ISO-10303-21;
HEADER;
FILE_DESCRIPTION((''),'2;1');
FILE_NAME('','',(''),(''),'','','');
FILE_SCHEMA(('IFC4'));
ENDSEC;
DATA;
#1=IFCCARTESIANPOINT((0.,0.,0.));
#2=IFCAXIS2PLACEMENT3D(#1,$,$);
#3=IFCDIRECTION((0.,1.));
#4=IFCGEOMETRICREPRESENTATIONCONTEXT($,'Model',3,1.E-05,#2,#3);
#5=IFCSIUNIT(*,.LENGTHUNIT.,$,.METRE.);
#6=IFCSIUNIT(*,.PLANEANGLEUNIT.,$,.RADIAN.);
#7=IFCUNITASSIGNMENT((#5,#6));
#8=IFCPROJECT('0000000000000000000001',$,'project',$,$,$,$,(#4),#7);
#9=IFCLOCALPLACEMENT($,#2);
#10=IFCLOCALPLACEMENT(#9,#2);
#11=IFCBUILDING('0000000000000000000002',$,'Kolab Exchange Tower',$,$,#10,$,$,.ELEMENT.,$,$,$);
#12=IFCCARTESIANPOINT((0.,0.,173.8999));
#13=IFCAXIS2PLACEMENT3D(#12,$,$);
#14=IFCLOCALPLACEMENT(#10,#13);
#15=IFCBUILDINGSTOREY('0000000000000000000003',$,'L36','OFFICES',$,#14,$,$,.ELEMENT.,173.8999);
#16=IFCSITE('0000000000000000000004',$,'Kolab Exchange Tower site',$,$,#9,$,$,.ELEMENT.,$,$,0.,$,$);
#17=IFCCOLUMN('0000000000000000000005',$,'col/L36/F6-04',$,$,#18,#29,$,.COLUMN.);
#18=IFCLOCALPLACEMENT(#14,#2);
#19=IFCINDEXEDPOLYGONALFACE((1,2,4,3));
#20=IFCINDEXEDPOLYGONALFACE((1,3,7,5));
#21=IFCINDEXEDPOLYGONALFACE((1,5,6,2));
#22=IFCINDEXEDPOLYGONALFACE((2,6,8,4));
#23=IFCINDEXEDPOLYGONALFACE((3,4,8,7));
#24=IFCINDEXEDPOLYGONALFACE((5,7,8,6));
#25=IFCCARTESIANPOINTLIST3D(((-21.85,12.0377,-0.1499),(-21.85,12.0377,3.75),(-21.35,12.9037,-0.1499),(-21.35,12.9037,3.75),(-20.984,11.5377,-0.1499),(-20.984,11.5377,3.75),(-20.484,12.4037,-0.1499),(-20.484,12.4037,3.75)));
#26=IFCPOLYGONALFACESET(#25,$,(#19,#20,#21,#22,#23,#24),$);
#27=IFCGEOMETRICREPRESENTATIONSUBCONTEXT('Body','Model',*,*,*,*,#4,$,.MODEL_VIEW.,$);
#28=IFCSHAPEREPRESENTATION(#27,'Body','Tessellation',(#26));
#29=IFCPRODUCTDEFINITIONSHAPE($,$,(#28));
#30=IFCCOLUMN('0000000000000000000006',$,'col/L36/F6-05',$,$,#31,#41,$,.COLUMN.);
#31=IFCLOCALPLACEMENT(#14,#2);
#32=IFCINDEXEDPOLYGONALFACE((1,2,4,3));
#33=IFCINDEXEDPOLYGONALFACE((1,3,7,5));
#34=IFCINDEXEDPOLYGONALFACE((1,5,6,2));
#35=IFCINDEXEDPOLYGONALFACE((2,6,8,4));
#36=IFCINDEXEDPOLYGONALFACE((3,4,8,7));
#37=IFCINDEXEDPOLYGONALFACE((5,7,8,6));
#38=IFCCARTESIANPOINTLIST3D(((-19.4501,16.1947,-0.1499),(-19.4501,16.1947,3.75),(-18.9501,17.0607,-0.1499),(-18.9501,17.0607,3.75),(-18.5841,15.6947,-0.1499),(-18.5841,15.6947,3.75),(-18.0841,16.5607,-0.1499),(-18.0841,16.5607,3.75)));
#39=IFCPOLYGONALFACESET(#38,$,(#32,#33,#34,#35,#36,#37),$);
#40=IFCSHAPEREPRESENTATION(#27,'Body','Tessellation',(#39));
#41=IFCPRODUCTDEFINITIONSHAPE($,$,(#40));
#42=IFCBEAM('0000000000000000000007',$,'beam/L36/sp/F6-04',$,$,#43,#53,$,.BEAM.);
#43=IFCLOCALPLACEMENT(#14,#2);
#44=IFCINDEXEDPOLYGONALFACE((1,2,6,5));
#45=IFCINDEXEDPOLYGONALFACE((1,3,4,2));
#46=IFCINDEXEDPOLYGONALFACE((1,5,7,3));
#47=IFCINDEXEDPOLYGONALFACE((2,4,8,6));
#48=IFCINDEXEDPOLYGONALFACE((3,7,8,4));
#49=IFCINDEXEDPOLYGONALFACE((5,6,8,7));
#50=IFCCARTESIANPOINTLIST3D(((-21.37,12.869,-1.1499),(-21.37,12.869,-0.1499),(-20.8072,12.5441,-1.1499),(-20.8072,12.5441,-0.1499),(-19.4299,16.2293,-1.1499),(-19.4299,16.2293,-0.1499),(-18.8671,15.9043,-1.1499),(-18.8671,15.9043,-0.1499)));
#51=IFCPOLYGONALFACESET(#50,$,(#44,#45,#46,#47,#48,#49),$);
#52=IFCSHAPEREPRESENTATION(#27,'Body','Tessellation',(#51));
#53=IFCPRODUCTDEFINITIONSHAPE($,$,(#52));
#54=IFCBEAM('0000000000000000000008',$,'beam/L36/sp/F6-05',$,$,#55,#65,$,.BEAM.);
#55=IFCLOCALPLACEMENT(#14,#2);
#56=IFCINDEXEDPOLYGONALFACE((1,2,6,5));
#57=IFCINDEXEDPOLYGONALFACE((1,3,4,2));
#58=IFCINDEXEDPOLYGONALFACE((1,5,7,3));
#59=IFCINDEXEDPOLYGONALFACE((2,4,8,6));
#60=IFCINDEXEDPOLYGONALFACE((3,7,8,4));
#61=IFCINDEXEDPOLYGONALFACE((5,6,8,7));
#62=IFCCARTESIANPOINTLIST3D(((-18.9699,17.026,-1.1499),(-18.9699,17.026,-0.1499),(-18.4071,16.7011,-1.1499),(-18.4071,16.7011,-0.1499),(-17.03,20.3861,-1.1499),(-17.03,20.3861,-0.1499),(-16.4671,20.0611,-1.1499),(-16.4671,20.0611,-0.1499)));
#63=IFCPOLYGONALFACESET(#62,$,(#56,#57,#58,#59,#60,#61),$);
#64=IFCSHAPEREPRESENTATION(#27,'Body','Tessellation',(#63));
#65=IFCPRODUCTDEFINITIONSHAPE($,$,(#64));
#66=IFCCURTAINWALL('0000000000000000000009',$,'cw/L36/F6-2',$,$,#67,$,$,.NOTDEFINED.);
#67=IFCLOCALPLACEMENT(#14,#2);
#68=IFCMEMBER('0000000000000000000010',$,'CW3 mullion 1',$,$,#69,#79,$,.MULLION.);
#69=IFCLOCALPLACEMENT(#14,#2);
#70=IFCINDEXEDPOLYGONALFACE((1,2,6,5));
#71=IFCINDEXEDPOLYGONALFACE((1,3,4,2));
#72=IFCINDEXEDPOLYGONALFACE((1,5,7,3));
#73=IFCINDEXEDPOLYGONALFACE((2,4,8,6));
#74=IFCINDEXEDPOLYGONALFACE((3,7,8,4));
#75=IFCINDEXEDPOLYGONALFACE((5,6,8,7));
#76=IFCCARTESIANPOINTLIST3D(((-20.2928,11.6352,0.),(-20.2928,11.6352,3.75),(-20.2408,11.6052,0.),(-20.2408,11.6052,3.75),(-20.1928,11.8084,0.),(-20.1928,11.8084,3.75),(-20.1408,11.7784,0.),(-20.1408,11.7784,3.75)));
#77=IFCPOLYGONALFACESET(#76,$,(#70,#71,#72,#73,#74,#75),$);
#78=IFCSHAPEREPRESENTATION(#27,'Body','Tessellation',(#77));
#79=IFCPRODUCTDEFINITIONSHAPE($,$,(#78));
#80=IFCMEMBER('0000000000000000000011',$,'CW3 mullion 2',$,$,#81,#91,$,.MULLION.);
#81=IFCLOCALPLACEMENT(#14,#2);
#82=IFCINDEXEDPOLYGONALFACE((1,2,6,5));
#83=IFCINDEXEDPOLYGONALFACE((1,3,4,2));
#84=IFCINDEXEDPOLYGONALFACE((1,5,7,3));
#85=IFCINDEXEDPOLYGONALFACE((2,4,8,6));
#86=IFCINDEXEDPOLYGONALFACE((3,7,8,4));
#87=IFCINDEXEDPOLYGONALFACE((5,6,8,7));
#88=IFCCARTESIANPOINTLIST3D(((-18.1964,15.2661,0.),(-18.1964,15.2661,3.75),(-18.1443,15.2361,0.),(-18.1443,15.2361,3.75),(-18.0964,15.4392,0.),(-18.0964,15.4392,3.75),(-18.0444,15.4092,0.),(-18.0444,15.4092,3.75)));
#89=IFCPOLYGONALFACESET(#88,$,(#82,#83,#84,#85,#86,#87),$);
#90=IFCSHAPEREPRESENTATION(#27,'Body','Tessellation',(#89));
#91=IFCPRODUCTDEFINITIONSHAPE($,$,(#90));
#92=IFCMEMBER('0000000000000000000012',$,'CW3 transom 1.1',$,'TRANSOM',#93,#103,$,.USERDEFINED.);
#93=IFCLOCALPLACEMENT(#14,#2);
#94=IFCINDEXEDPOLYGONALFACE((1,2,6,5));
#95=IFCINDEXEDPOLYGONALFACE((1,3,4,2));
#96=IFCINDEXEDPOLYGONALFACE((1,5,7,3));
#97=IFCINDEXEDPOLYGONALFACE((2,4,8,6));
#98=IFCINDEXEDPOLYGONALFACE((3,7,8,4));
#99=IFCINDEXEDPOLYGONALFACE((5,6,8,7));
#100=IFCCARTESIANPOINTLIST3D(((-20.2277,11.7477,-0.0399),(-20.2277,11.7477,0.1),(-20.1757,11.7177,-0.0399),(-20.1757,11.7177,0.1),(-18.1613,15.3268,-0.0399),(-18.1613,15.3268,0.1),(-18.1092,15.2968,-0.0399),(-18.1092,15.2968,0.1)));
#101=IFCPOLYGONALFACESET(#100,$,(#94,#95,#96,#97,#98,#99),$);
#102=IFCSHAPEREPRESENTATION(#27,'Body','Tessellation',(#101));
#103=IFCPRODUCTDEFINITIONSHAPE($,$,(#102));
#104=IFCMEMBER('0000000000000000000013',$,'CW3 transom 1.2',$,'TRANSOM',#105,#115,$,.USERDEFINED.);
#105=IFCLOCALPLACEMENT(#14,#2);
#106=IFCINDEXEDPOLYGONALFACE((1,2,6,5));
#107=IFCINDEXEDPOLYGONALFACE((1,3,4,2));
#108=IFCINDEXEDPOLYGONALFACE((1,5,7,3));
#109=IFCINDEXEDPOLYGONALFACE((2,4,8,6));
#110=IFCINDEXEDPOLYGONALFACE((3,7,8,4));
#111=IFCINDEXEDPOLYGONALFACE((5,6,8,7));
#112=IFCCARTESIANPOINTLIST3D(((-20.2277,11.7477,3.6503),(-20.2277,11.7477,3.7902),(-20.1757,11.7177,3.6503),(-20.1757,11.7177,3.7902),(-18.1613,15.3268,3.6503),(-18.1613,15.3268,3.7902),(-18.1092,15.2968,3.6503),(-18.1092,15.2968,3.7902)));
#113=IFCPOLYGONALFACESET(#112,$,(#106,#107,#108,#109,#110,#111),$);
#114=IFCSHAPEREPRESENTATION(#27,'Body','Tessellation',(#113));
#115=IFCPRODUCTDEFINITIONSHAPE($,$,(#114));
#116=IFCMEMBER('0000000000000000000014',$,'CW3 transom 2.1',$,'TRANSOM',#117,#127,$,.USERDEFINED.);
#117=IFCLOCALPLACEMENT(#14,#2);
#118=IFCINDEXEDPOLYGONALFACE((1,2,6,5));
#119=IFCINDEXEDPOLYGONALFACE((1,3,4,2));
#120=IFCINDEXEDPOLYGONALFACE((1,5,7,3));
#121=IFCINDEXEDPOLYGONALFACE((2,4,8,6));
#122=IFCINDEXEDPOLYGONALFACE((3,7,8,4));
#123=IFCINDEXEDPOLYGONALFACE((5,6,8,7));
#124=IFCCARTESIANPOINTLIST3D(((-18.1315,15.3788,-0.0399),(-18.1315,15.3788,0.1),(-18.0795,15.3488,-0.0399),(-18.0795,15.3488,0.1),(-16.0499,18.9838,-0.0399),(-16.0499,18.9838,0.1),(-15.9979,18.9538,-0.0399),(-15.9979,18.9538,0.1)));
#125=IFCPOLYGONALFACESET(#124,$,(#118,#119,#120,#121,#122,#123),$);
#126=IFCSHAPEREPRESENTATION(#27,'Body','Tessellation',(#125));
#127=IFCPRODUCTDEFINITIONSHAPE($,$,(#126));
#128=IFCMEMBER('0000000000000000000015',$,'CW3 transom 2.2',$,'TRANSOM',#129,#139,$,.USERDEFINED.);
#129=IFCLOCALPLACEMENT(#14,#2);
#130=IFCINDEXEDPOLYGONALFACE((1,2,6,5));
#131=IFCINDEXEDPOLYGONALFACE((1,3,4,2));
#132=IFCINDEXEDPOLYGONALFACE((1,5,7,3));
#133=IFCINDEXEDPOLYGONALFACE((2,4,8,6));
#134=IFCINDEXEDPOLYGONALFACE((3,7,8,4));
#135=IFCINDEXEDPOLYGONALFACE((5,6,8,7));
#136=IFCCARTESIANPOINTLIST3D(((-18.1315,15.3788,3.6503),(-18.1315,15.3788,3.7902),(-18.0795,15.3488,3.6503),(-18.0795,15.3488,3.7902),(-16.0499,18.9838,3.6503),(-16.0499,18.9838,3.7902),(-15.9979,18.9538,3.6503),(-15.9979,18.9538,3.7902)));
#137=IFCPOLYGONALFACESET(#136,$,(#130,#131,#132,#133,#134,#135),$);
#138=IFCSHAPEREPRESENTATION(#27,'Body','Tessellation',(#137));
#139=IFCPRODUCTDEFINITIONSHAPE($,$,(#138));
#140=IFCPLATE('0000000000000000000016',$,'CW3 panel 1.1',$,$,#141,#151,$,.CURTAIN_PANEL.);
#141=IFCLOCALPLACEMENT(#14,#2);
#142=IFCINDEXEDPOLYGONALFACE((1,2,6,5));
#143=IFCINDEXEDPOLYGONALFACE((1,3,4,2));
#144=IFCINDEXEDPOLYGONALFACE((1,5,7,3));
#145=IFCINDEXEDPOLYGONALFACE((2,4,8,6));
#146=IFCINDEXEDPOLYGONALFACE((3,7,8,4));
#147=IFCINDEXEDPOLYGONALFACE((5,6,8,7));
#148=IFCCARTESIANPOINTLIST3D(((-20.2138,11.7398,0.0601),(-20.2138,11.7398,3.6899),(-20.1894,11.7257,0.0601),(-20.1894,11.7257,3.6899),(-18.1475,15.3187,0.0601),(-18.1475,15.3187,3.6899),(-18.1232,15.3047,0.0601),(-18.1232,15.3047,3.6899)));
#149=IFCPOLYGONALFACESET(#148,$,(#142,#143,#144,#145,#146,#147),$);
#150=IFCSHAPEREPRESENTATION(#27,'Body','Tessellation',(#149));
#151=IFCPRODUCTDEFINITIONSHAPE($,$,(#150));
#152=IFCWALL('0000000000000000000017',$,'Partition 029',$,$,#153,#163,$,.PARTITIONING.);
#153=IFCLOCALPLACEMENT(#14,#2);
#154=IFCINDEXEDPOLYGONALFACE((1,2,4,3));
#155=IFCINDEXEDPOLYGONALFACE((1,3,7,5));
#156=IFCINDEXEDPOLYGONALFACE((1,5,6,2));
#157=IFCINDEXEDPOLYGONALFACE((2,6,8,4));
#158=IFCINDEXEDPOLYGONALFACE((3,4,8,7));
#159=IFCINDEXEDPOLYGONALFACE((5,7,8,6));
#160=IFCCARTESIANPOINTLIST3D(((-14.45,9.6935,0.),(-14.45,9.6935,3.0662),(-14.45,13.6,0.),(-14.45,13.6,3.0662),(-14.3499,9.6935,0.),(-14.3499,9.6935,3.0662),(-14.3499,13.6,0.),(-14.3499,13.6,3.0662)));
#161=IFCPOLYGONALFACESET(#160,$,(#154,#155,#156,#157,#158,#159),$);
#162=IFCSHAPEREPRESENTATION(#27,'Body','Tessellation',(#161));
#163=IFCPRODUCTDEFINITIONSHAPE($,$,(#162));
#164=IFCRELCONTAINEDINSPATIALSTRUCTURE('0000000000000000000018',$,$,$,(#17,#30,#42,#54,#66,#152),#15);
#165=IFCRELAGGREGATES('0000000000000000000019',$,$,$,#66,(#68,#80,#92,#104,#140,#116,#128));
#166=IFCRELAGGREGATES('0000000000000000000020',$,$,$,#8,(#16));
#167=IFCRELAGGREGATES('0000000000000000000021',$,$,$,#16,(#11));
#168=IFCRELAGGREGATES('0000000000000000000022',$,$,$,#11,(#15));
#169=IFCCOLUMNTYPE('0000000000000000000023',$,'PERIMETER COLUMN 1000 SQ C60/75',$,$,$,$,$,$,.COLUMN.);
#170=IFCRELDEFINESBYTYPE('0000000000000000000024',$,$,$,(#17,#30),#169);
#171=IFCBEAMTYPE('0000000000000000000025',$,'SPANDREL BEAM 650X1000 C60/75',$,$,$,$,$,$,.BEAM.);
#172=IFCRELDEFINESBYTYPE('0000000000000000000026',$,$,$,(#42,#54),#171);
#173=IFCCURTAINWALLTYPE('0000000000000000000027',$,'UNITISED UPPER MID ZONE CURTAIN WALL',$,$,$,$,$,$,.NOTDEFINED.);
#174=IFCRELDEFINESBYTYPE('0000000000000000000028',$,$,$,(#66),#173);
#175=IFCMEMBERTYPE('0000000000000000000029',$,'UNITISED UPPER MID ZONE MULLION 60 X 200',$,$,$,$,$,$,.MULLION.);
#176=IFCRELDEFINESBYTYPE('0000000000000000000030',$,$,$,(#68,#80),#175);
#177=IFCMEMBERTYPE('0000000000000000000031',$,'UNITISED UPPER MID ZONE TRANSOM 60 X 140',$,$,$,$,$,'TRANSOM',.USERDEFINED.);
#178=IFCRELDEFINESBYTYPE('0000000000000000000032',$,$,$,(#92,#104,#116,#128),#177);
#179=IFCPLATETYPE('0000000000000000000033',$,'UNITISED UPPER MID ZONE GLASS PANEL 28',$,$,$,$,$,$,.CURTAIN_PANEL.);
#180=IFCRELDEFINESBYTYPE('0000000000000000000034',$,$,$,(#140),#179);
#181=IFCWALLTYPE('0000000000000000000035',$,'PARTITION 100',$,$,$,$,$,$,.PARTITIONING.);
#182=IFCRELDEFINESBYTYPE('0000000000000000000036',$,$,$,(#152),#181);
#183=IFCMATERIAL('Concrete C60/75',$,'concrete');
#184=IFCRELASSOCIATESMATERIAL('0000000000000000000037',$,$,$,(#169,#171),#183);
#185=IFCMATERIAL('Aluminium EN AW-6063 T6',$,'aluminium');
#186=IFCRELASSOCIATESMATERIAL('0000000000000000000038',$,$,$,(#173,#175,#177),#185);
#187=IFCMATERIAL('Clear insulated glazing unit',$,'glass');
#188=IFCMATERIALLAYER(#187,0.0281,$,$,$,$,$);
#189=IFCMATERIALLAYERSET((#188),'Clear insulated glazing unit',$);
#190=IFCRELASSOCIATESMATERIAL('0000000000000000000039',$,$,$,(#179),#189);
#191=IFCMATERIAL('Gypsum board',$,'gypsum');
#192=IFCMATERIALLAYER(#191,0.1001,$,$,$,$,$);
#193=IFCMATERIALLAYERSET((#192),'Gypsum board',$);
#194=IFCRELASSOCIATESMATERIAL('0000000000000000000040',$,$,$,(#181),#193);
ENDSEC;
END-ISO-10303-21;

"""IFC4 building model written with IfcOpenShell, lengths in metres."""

from ifc_helpers import new_model, si_unit, direction, frame, frame_2d, origin, origin_2d, place, context, subcontext, project, spatial, rectangle, extrude, material, layer, layer_set, material_profile, profile_set, type_object, element, aggregate, save


model = new_model("IFC4")

# Units and contexts
model_context = context("Model", 3, precision=1e-05, world=origin(), true_north=direction((0.0, 1.0)))
body_context = subcontext(model_context, "Body", "Model", "MODEL_VIEW")
ifc_project = project(units=[si_unit("LENGTHUNIT", "METRE"), si_unit("PLANEANGLEUNIT", "RADIAN")], contexts=[model_context])

# Site, building, storey
site_placement = place(None, origin())
site = spatial("IfcSite", under=ifc_project, at=site_placement, Name="Kolab Exchange Tower site", CompositionType="ELEMENT", RefElevation=0.0)
building_placement = place(site_placement, origin())
building = spatial("IfcBuilding", under=site, at=building_placement, Name="Kolab Exchange Tower", CompositionType="ELEMENT")
storey_placement = place(building_placement, frame((0.0, 0.0, 173.8999)))
storey = spatial("IfcBuildingStorey", under=building, at=storey_placement, Name="L36", Description="OFFICES", CompositionType="ELEMENT", Elevation=173.8999)

# Columns
ifc_material_1 = material(Name="Concrete C60/75", Category="concrete")
ifc_material_profile_1 = material_profile(ifc_material_1, rectangle(XDim=1.0, YDim=1.0, at=origin_2d()), Name="RC1000")
ifc_profile_set_1 = profile_set([ifc_material_profile_1], Name="Concrete C60/75")
column_type = type_object("IfcColumnType", Name="PERIMETER COLUMN 1000 SQ C60/75", PredefinedType="COLUMN", material=ifc_profile_set_1)
for number, where, z_axis, x_axis, name in (
    (1, (-21.167, 12.2207, -0.1499), (0.0, 0.0, 1.0), (0.5, 0.866025, 0.0), "col/L36/F6-04"),
    (2, (-18.7671, 16.3777, -0.1499), (0.0, 0.0, 1.0), (0.5, 0.866025, 0.0), "col/L36/F6-05"),
):
    element("IfcColumn", number, at=place(storey_placement, frame(where, z_axis=z_axis, x_axis=x_axis)), inside=storey, type_object=column_type, Name=name, PredefinedType="COLUMN", context=body_context, shape_type="SweptSolid", body=[
        extrude(rectangle(XDim=1.0, YDim=1.0, at=origin_2d()), origin(), (0.0, 0.0, 1.0), 3.8999),
    ])

# Beams
ifc_material_profile_2 = material_profile(ifc_material_1, rectangle(XDim=0.6499, YDim=1.0, at=origin_2d()), Name="RC650X1000")
ifc_profile_set_2 = profile_set([ifc_material_profile_2], Name="Concrete C60/75")
beam_type = type_object("IfcBeamType", Name="SPANDREL BEAM 650X1000 C60/75", PredefinedType="BEAM", material=ifc_profile_set_2)
beam_1_placement = place(storey_placement, frame((-21.0886, 12.7065, -0.6499), z_axis=(0.500017, 0.866016, 0.0), x_axis=(-0.866016, 0.500017, 0.0)))
element("IfcBeam", 3, at=beam_1_placement, inside=storey, type_object=beam_type, Name="beam/L36/sp/F6-04", PredefinedType="BEAM", context=body_context, shape_type="SweptSolid", body=[
    extrude(rectangle(XDim=0.6499, YDim=1.0, at=origin_2d()), origin(), (0.0, 0.0, 1.0), 3.8801),
])
beam_2_placement = place(storey_placement, frame((-18.6885, 16.8635, -0.6499), z_axis=(0.499997, 0.866027, 0.0), x_axis=(-0.866027, 0.499997, 0.0)))
element("IfcBeam", 4, at=beam_2_placement, inside=storey, type_object=beam_type, Name="beam/L36/sp/F6-05", PredefinedType="BEAM", context=body_context, shape_type="SweptSolid", body=[
    extrude(rectangle(XDim=0.6499, YDim=1.0, at=origin_2d()), origin(), (0.0, 0.0, 1.0), 3.8799),
])

# Curtain wall, members, plate
ifc_material_2 = material(Name="Aluminium EN AW-6063 T6", Category="aluminium")
curtain_wall_type = type_object("IfcCurtainWallType", Name="UNITISED UPPER MID ZONE CURTAIN WALL", PredefinedType="NOTDEFINED", material=ifc_material_2)
curtain_wall_placement = place(storey_placement, origin())
curtain_wall = element("IfcCurtainWall", 5, at=curtain_wall_placement, inside=storey, type_object=curtain_wall_type, Name="cw/L36/F6-2", PredefinedType="NOTDEFINED")
ifc_material_profile_3 = material_profile(ifc_material_2, rectangle(XDim=0.0601, YDim=0.2, at=origin_2d()), Name="RECT 60X200")
ifc_profile_set_3 = profile_set([ifc_material_profile_3], Name="Aluminium EN AW-6063 T6")
member_type_1 = type_object("IfcMemberType", Name="UNITISED UPPER MID ZONE MULLION 60 X 200", PredefinedType="MULLION", material=ifc_profile_set_3)
member_1_placement = place(storey_placement, frame((-20.2168, 11.7068, 0.0), z_axis=(0.0, 0.0, 1.0), x_axis=(-0.866025, 0.5, 0.0)))
member_1 = element("IfcMember", 6, at=member_1_placement, type_object=member_type_1, Name="CW3 mullion 1", PredefinedType="MULLION", context=body_context, shape_type="SweptSolid", body=[
    extrude(rectangle(XDim=0.0601, YDim=0.2, at=origin_2d()), origin(), (0.0, 0.0, 1.0), 3.75),
])
member_2_placement = place(storey_placement, frame((-18.1204, 15.3376, 0.0), z_axis=(0.0, 0.0, 1.0), x_axis=(-0.866025, 0.5, 0.0)))
member_2 = element("IfcMember", 7, at=member_2_placement, type_object=member_type_1, Name="CW3 mullion 2", PredefinedType="MULLION", context=body_context, shape_type="SweptSolid", body=[
    extrude(rectangle(XDim=0.0601, YDim=0.2, at=origin_2d()), origin(), (0.0, 0.0, 1.0), 3.75),
])
ifc_material_profile_4 = material_profile(ifc_material_2, rectangle(XDim=0.0601, YDim=0.1399, at=origin_2d()), Name="RECT 60X140")
ifc_profile_set_4 = profile_set([ifc_material_profile_4], Name="Aluminium EN AW-6063 T6")
member_type_2 = type_object("IfcMemberType", Name="UNITISED UPPER MID ZONE TRANSOM 60 X 140", ElementType="TRANSOM", PredefinedType="USERDEFINED", material=ifc_profile_set_4)
member_3_placement = place(storey_placement, frame((-20.2017, 11.7327, 0.03), z_axis=(0.500002, 0.866024, 0.0), x_axis=(-0.866024, 0.500002, 0.0)))
member_3 = element("IfcMember", 8, at=member_3_placement, type_object=member_type_2, Name="CW3 transom 1.1", ObjectType="TRANSOM", PredefinedType="USERDEFINED", context=body_context, shape_type="SweptSolid", body=[
    extrude(rectangle(XDim=0.0601, YDim=0.1399, at=origin_2d()), origin(), (0.0, 0.0, 1.0), 4.1328),
])
member_4_placement = place(storey_placement, frame((-20.2017, 11.7327, 3.7202), z_axis=(0.500002, 0.866024, 0.0), x_axis=(-0.866024, 0.500002, 0.0)))
member_4 = element("IfcMember", 9, at=member_4_placement, type_object=member_type_2, Name="CW3 transom 1.2", ObjectType="TRANSOM", PredefinedType="USERDEFINED", context=body_context, shape_type="SweptSolid", body=[
    extrude(rectangle(XDim=0.0601, YDim=0.1399, at=origin_2d()), origin(), (0.0, 0.0, 1.0), 4.1328),
])
member_5_placement = place(storey_placement, frame((-18.1055, 15.3638, 0.03), z_axis=(0.500037, 0.866004, 0.0), x_axis=(-0.866004, 0.500037, 0.0)))
member_5 = element("IfcMember", 10, at=member_5_placement, type_object=member_type_2, Name="CW3 transom 2.1", ObjectType="TRANSOM", PredefinedType="USERDEFINED", context=body_context, shape_type="SweptSolid", body=[
    extrude(rectangle(XDim=0.0601, YDim=0.1399, at=origin_2d()), origin(), (0.0, 0.0, 1.0), 4.1628),
])
member_6_placement = place(storey_placement, frame((-18.1055, 15.3638, 3.7202), z_axis=(0.500037, 0.866004, 0.0), x_axis=(-0.866004, 0.500037, 0.0)))
member_6 = element("IfcMember", 11, at=member_6_placement, type_object=member_type_2, Name="CW3 transom 2.2", ObjectType="TRANSOM", PredefinedType="USERDEFINED", context=body_context, shape_type="SweptSolid", body=[
    extrude(rectangle(XDim=0.0601, YDim=0.1399, at=origin_2d()), origin(), (0.0, 0.0, 1.0), 4.1628),
])
ifc_material_3 = material(Name="Clear insulated glazing unit", Category="glass")
ifc_layer_1 = layer(ifc_material_3, 0.0281)
ifc_layer_set_1 = layer_set([ifc_layer_1], Name="Clear insulated glazing unit")
plate_type = type_object("IfcPlateType", Name="UNITISED UPPER MID ZONE GLASS PANEL 28", PredefinedType="CURTAIN_PANEL", material=ifc_layer_set_1)
plate_placement = place(storey_placement, frame((-19.1685, 13.5222, 0.0601), z_axis=(0.0, 0.0, 1.0), x_axis=(0.5, 0.866025, 0.0)))
plate = element("IfcPlate", 12, at=plate_placement, type_object=plate_type, Name="CW3 panel 1.1", PredefinedType="CURTAIN_PANEL", context=body_context, shape_type="SweptSolid", body=[
    extrude(rectangle(XDim=4.1326, YDim=0.0281, at=origin_2d()), origin(), (0.0, 0.0, 1.0), 3.6299),
])
aggregate(curtain_wall, [member_1, member_2, member_3, member_4, plate, member_5, member_6])

# Wall
ifc_material_4 = material(Name="Gypsum board", Category="gypsum")
ifc_layer_2 = layer(ifc_material_4, 0.1001)
ifc_layer_set_2 = layer_set([ifc_layer_2], Name="Gypsum board")
wall_type_1 = type_object("IfcWallType", Name="PARTITION 100", PredefinedType="PARTITIONING", material=ifc_layer_set_2)
wall_1_placement = place(storey_placement, frame((-14.3999, 9.6936, 0.0), z_axis=(0.0, 0.0, 1.0), x_axis=(0.0, 1.0, 0.0)))
element("IfcWall", 13, at=wall_1_placement, inside=storey, type_object=wall_type_1, Name="Partition 029", PredefinedType="PARTITIONING", context=body_context, shape_type="SweptSolid", body=[
    extrude(rectangle(XDim=3.9065, YDim=0.1001, at=frame_2d((1.9531, 0.0))), origin(), (0.0, 0.0, 1.0), 3.0662),
])

save(model, "model.ifc")
